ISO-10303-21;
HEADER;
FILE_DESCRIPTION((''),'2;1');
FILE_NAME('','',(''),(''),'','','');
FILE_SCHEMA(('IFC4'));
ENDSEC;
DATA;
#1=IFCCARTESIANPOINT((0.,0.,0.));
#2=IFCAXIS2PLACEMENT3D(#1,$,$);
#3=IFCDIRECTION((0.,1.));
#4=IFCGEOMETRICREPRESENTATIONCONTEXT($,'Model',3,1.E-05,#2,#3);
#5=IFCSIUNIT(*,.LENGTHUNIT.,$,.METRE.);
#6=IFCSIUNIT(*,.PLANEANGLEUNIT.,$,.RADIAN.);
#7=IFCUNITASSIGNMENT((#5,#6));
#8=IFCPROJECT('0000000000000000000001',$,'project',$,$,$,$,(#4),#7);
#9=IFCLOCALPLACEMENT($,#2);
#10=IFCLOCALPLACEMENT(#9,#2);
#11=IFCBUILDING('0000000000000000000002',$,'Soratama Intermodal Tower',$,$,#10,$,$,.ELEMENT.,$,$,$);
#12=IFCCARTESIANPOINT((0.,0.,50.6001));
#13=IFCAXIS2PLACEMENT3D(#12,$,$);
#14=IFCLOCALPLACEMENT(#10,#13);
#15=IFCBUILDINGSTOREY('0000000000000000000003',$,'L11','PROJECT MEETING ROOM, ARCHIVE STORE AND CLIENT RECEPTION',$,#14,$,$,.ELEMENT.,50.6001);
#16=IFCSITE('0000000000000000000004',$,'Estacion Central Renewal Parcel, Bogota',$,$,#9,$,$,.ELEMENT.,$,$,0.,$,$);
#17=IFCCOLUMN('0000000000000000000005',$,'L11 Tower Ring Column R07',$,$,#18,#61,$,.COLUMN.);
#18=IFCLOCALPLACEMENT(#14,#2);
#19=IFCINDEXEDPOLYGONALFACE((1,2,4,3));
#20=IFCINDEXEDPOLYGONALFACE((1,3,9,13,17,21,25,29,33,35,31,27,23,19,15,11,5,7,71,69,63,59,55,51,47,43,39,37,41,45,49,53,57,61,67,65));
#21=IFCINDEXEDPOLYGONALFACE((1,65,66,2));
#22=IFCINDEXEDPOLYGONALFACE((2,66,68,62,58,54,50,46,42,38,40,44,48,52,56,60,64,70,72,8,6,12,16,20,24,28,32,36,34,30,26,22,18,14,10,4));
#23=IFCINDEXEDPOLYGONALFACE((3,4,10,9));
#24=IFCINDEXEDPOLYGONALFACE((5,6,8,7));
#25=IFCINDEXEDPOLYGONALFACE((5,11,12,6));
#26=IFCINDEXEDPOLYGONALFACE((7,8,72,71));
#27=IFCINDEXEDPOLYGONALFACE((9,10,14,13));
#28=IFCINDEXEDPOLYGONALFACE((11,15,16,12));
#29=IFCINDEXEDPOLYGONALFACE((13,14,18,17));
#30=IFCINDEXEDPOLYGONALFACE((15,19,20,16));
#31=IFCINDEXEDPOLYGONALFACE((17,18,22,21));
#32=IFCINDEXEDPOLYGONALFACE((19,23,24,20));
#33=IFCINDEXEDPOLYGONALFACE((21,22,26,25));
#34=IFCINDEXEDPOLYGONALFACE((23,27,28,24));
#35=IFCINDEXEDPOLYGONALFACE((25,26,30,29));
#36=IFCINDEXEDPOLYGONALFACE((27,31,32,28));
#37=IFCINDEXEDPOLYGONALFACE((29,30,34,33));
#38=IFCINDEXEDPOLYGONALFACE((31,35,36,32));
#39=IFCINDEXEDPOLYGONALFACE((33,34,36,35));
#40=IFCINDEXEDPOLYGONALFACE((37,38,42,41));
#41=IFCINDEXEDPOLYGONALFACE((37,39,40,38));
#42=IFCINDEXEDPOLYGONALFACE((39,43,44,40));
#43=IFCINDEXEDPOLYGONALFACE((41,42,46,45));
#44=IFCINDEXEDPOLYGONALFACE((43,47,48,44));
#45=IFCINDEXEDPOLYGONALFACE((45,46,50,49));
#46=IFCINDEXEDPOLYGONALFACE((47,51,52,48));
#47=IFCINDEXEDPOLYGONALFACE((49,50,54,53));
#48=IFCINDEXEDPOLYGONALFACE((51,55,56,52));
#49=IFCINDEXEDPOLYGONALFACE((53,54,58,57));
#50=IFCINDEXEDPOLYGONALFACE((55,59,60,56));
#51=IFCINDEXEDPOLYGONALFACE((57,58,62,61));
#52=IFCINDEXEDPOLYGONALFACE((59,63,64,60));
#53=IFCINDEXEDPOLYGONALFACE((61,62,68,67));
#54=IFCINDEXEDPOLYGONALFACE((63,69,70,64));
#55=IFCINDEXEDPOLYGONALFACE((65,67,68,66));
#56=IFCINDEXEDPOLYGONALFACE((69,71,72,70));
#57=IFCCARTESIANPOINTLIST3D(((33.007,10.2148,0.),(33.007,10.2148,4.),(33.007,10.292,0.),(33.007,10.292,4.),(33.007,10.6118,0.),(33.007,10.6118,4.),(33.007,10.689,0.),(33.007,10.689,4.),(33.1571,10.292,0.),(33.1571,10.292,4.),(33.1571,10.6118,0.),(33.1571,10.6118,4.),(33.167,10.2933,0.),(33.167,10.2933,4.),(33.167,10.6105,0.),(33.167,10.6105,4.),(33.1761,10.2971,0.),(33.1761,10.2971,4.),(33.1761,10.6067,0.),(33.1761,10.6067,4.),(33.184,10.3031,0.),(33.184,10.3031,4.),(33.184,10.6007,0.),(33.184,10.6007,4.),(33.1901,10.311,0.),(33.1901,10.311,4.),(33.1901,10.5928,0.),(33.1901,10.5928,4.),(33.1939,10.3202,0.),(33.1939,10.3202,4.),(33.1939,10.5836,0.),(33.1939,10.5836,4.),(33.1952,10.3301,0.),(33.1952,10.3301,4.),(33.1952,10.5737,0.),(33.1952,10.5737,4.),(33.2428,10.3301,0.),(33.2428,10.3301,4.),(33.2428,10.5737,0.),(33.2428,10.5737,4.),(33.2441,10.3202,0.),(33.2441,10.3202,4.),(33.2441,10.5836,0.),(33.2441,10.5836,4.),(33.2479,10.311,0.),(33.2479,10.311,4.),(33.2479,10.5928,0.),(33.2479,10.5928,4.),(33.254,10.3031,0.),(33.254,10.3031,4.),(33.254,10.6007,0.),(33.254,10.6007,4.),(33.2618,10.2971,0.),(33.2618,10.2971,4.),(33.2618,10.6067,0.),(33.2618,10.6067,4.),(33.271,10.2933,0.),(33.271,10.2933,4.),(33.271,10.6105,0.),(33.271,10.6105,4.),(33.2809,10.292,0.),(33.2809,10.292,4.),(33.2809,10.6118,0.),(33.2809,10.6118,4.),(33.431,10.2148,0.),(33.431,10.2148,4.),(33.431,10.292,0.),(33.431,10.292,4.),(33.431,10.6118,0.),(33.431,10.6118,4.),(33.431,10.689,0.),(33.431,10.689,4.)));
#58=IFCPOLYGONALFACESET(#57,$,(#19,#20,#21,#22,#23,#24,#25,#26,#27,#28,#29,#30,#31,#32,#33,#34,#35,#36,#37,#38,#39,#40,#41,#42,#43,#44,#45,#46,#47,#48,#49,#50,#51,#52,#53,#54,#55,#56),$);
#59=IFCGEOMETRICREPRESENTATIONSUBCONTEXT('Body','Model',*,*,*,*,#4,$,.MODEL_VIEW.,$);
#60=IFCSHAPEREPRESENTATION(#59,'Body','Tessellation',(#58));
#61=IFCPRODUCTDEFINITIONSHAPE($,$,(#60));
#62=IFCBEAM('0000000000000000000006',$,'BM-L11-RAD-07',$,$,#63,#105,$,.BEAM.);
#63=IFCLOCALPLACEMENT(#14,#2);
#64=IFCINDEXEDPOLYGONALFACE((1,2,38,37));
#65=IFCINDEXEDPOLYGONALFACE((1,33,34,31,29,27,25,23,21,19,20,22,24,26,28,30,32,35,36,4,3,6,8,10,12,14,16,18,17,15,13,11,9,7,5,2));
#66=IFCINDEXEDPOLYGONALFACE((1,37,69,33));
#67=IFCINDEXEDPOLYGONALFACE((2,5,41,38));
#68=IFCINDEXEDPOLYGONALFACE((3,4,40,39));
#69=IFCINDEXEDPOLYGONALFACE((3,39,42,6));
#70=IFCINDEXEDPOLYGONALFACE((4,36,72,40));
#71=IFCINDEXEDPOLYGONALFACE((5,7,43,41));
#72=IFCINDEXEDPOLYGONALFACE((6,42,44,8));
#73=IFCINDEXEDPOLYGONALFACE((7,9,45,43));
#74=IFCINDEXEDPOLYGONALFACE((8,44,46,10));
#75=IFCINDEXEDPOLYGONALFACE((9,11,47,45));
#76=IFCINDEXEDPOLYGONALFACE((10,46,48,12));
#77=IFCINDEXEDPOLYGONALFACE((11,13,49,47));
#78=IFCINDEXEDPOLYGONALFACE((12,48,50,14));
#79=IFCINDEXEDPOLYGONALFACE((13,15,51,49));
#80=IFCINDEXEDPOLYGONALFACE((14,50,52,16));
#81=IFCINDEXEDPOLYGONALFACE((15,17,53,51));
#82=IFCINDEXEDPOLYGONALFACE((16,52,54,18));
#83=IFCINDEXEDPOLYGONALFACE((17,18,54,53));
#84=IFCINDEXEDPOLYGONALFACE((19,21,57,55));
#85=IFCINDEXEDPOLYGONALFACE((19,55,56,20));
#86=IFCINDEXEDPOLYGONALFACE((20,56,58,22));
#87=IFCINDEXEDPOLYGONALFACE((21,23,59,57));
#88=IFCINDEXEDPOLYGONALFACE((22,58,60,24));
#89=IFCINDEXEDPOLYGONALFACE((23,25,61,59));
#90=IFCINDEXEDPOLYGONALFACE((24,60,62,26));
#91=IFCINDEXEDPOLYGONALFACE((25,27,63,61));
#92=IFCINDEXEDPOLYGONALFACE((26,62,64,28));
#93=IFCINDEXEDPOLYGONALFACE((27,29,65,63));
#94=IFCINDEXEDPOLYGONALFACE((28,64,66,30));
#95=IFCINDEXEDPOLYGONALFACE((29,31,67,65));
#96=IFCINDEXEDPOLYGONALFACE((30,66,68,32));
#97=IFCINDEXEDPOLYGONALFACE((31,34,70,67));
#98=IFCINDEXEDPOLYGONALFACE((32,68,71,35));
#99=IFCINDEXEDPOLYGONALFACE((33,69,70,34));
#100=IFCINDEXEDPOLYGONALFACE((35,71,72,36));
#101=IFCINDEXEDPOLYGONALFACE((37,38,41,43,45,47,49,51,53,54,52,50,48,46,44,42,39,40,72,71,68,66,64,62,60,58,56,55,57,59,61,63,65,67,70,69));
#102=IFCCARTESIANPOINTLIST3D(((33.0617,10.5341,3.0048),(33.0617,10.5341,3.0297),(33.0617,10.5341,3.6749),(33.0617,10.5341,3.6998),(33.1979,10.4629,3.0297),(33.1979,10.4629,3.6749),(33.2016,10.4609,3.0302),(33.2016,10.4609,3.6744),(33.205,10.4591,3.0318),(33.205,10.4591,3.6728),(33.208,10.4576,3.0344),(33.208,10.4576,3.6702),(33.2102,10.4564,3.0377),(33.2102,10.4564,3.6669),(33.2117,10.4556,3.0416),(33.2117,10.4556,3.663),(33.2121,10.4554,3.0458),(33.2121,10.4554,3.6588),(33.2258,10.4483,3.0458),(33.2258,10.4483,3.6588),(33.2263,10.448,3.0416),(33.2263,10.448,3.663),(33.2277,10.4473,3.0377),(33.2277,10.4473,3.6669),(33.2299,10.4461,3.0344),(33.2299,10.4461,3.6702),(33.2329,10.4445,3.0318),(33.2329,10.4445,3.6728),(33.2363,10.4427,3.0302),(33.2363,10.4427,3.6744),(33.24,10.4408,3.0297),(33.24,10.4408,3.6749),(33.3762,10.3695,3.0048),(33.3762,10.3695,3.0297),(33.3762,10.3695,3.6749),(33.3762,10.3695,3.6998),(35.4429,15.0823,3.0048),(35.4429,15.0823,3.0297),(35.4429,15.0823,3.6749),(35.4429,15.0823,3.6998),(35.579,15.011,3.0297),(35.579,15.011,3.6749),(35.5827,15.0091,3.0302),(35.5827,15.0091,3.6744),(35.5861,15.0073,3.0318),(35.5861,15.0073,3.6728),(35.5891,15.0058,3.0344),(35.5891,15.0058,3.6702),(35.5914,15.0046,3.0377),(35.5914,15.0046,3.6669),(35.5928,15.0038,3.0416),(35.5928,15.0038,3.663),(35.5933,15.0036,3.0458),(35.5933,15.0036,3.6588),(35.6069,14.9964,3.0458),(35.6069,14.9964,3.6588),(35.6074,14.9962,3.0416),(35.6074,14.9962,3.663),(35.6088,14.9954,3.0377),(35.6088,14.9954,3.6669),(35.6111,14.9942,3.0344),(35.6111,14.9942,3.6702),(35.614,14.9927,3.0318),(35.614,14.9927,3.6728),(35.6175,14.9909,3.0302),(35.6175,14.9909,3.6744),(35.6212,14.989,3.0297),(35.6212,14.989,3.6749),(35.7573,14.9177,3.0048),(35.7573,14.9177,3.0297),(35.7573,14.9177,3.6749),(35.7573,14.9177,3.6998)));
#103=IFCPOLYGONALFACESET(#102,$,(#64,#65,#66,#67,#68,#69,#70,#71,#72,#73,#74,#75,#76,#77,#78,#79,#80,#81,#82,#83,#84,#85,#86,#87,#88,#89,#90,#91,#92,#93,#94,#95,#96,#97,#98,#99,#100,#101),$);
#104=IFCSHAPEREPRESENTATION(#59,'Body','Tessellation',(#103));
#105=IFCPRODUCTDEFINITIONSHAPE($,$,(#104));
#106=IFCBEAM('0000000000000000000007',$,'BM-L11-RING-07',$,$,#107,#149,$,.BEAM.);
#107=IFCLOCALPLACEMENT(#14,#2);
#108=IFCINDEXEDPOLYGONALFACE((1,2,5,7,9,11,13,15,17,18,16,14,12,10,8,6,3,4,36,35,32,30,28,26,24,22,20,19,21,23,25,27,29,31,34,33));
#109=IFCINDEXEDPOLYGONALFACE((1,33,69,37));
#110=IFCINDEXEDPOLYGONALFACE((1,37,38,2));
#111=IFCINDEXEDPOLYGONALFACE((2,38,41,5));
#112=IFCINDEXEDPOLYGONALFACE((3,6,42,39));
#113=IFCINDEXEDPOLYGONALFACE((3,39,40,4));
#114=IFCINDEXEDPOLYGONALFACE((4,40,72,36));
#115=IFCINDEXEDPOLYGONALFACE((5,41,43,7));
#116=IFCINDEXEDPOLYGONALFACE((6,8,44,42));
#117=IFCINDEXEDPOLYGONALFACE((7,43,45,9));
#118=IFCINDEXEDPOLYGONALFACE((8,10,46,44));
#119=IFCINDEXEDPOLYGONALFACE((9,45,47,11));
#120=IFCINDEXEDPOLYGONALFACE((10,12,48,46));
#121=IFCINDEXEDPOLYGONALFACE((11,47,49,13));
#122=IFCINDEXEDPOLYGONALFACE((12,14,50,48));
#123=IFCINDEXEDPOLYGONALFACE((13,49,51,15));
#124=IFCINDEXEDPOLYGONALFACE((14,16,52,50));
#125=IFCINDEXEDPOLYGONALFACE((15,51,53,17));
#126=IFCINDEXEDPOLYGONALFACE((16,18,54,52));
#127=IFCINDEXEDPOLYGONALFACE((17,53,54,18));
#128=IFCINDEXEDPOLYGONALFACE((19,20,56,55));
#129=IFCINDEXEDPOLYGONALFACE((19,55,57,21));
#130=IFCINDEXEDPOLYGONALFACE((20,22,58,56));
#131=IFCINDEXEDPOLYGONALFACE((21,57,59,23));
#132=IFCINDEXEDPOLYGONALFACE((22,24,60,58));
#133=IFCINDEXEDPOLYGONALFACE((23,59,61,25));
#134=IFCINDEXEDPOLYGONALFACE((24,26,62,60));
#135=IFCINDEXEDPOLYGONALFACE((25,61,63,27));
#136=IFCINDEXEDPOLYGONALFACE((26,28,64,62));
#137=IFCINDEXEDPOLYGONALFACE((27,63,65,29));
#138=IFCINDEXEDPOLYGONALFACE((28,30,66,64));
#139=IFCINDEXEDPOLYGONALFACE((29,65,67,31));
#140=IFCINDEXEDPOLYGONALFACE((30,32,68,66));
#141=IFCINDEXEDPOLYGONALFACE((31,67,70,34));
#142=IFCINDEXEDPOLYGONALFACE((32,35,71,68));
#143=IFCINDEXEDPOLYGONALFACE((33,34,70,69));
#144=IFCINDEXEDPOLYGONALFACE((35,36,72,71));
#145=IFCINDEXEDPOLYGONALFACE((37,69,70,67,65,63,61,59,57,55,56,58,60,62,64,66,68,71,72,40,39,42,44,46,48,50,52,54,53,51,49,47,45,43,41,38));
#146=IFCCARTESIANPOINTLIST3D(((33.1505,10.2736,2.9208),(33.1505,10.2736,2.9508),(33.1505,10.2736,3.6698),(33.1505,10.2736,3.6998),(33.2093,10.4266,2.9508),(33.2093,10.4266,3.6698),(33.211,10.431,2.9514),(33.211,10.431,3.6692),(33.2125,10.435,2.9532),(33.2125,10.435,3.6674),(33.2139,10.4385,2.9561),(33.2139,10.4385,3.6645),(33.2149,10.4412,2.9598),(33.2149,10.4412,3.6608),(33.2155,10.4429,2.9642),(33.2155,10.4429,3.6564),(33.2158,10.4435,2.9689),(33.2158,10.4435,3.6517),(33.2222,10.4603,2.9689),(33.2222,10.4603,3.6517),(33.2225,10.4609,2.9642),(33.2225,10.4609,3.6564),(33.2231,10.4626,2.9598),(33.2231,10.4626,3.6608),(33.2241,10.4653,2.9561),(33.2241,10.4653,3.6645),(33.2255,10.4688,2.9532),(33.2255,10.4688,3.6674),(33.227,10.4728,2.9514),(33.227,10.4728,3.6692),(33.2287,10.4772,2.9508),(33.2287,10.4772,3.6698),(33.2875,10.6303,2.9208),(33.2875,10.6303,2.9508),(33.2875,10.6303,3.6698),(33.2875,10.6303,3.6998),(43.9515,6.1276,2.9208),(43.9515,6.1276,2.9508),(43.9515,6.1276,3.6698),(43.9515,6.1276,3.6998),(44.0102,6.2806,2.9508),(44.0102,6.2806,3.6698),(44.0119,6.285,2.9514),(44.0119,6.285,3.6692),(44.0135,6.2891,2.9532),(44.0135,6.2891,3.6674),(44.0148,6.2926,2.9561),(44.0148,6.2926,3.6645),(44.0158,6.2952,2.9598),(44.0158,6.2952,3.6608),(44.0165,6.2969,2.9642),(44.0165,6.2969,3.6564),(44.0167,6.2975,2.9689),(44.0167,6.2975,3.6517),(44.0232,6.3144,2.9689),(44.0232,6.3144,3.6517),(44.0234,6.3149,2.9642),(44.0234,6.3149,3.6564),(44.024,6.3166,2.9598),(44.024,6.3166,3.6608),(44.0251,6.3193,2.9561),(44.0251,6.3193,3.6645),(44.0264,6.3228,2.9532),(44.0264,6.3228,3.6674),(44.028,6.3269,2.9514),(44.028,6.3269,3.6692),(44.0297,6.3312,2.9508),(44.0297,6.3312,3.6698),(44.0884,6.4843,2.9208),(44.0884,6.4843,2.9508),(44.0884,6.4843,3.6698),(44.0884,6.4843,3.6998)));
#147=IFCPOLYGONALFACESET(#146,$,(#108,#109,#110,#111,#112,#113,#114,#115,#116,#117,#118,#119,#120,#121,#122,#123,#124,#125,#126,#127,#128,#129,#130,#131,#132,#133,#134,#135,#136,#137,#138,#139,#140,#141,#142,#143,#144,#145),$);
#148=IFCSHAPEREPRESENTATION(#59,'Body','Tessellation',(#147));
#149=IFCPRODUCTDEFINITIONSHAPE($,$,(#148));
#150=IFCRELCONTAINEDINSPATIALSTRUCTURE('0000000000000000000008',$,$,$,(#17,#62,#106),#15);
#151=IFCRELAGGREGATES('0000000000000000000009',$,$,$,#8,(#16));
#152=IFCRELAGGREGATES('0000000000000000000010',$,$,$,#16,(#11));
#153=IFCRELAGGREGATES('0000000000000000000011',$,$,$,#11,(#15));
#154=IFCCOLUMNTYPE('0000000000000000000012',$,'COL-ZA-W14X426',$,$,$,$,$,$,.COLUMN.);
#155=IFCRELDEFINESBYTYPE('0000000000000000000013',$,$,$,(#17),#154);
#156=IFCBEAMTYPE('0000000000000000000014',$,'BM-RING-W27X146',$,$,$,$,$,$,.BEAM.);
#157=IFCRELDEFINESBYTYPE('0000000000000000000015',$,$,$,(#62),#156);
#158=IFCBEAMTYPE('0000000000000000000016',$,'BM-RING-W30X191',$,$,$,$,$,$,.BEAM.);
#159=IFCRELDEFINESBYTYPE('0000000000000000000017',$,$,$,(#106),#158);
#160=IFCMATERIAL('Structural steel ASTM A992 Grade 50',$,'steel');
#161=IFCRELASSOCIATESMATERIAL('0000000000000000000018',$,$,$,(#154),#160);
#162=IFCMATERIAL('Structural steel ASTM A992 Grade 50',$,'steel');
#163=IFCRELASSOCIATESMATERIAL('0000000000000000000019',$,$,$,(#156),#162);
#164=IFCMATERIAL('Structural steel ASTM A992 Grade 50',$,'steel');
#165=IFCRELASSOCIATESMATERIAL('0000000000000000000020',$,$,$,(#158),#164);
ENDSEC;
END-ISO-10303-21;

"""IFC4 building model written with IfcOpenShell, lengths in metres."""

from ifc_helpers import new_model, si_unit, direction, frame, origin, origin_2d, place, context, subcontext, project, spatial, i_section, extrude, material, material_profile, profile_set, type_object, element, save


model = new_model("IFC4")

# Units and contexts
model_context = context("Model", 3, precision=1e-05, world=origin(), true_north=direction((0.0, 1.0)))
body_context = subcontext(model_context, "Body", "Model", "MODEL_VIEW")
ifc_project = project(units=[si_unit("LENGTHUNIT", "METRE"), si_unit("PLANEANGLEUNIT", "RADIAN")], contexts=[model_context])

# Site, building, storey
site_placement = place(None, origin())
site = spatial("IfcSite", under=ifc_project, at=site_placement, Name="Estacion Central Renewal Parcel, Bogota", CompositionType="ELEMENT", RefElevation=0.0)
building_placement = place(site_placement, origin())
building = spatial("IfcBuilding", under=site, at=building_placement, Name="Soratama Intermodal Tower", CompositionType="ELEMENT")
storey_placement = place(building_placement, frame((0.0, 0.0, 50.6001)))
storey = spatial("IfcBuildingStorey", under=building, at=storey_placement, Name="L11", Description="PROJECT MEETING ROOM, ARCHIVE STORE AND CLIENT RECEPTION", CompositionType="ELEMENT", Elevation=50.6001)

# Column
ifc_material_1 = material(Name="Structural steel ASTM A992 Grade 50", Category="steel")
ifc_material_profile_1 = material_profile(ifc_material_1, i_section(OverallWidth=0.4241, OverallDepth=0.4741, WebThickness=0.0476, FlangeThickness=0.0771, FilletRadius=0.0381, at=origin_2d()), Name="W14X426")
ifc_profile_set_1 = profile_set([ifc_material_profile_1], Name="Structural steel ASTM A992 Grade 50")
column_type = type_object("IfcColumnType", Name="COL-ZA-W14X426", PredefinedType="COLUMN", material=ifc_profile_set_1)
column_placement = place(storey_placement, frame((33.219, 10.4519, 0.0), z_axis=(0.0, 0.0, 1.0), x_axis=(1.0, 0.0, 0.0)))
element("IfcColumn", 1, at=column_placement, inside=storey, type_object=column_type, Name="L11 Tower Ring Column R07", PredefinedType="COLUMN", context=body_context, shape_type="SweptSolid", body=[
    extrude(i_section(OverallWidth=0.4241, OverallDepth=0.4741, WebThickness=0.0476, FlangeThickness=0.0771, FilletRadius=0.0381, at=origin_2d()), origin(), (0.0, 0.0, 1.0), 4.0),
])

# Beams
ifc_material_2 = material(Name="Structural steel ASTM A992 Grade 50", Category="steel")
ifc_material_profile_2 = material_profile(ifc_material_2, i_section(OverallWidth=0.355, OverallDepth=0.6951, WebThickness=0.0154, FlangeThickness=0.0249, FilletRadius=0.0161, at=origin_2d()), Name="W27X146")
ifc_profile_set_2 = profile_set([ifc_material_profile_2], Name="Structural steel ASTM A992 Grade 50")
beam_type_1 = type_object("IfcBeamType", Name="BM-RING-W27X146", PredefinedType="BEAM", material=ifc_profile_set_2)
beam_1_placement = place(storey_placement, frame((35.6001, 15.0, 3.3523), z_axis=(-0.463819, -0.88593, 0.0), x_axis=(0.88593, -0.463819, 0.0)))
element("IfcBeam", 2, at=beam_1_placement, inside=storey, type_object=beam_type_1, Name="BM-L11-RAD-07", PredefinedType="BEAM", context=body_context, shape_type="SweptSolid", body=[
    extrude(i_section(OverallWidth=0.355, OverallDepth=0.6951, WebThickness=0.0154, FlangeThickness=0.0249, FilletRadius=0.0161, at=origin_2d()), origin(), (0.0, 0.0, 1.0), 5.1338),
])
ifc_material_3 = material(Name="Structural steel ASTM A992 Grade 50", Category="steel")
ifc_material_profile_3 = material_profile(ifc_material_3, i_section(OverallWidth=0.3821, OverallDepth=0.7791, WebThickness=0.0181, FlangeThickness=0.03, FilletRadius=0.0181, at=origin_2d()), Name="W30X191")
ifc_profile_set_3 = profile_set([ifc_material_profile_3], Name="Structural steel ASTM A992 Grade 50")
beam_type_2 = type_object("IfcBeamType", Name="BM-RING-W30X191", PredefinedType="BEAM", material=ifc_profile_set_3)
beam_2_placement = place(storey_placement, frame((33.219, 10.4519, 3.3103), z_axis=(0.933584, -0.358358, 0.0), x_axis=(0.358358, 0.933584, 0.0)))
element("IfcBeam", 3, at=beam_2_placement, inside=storey, type_object=beam_type_2, Name="BM-L11-RING-07", PredefinedType="BEAM", context=body_context, shape_type="SweptSolid", body=[
    extrude(i_section(OverallWidth=0.3821, OverallDepth=0.7791, WebThickness=0.0181, FlangeThickness=0.03, FilletRadius=0.0181, at=origin_2d()), origin(), (0.0, 0.0, 1.0), 11.5693),
])

save(model, "model.ifc")
